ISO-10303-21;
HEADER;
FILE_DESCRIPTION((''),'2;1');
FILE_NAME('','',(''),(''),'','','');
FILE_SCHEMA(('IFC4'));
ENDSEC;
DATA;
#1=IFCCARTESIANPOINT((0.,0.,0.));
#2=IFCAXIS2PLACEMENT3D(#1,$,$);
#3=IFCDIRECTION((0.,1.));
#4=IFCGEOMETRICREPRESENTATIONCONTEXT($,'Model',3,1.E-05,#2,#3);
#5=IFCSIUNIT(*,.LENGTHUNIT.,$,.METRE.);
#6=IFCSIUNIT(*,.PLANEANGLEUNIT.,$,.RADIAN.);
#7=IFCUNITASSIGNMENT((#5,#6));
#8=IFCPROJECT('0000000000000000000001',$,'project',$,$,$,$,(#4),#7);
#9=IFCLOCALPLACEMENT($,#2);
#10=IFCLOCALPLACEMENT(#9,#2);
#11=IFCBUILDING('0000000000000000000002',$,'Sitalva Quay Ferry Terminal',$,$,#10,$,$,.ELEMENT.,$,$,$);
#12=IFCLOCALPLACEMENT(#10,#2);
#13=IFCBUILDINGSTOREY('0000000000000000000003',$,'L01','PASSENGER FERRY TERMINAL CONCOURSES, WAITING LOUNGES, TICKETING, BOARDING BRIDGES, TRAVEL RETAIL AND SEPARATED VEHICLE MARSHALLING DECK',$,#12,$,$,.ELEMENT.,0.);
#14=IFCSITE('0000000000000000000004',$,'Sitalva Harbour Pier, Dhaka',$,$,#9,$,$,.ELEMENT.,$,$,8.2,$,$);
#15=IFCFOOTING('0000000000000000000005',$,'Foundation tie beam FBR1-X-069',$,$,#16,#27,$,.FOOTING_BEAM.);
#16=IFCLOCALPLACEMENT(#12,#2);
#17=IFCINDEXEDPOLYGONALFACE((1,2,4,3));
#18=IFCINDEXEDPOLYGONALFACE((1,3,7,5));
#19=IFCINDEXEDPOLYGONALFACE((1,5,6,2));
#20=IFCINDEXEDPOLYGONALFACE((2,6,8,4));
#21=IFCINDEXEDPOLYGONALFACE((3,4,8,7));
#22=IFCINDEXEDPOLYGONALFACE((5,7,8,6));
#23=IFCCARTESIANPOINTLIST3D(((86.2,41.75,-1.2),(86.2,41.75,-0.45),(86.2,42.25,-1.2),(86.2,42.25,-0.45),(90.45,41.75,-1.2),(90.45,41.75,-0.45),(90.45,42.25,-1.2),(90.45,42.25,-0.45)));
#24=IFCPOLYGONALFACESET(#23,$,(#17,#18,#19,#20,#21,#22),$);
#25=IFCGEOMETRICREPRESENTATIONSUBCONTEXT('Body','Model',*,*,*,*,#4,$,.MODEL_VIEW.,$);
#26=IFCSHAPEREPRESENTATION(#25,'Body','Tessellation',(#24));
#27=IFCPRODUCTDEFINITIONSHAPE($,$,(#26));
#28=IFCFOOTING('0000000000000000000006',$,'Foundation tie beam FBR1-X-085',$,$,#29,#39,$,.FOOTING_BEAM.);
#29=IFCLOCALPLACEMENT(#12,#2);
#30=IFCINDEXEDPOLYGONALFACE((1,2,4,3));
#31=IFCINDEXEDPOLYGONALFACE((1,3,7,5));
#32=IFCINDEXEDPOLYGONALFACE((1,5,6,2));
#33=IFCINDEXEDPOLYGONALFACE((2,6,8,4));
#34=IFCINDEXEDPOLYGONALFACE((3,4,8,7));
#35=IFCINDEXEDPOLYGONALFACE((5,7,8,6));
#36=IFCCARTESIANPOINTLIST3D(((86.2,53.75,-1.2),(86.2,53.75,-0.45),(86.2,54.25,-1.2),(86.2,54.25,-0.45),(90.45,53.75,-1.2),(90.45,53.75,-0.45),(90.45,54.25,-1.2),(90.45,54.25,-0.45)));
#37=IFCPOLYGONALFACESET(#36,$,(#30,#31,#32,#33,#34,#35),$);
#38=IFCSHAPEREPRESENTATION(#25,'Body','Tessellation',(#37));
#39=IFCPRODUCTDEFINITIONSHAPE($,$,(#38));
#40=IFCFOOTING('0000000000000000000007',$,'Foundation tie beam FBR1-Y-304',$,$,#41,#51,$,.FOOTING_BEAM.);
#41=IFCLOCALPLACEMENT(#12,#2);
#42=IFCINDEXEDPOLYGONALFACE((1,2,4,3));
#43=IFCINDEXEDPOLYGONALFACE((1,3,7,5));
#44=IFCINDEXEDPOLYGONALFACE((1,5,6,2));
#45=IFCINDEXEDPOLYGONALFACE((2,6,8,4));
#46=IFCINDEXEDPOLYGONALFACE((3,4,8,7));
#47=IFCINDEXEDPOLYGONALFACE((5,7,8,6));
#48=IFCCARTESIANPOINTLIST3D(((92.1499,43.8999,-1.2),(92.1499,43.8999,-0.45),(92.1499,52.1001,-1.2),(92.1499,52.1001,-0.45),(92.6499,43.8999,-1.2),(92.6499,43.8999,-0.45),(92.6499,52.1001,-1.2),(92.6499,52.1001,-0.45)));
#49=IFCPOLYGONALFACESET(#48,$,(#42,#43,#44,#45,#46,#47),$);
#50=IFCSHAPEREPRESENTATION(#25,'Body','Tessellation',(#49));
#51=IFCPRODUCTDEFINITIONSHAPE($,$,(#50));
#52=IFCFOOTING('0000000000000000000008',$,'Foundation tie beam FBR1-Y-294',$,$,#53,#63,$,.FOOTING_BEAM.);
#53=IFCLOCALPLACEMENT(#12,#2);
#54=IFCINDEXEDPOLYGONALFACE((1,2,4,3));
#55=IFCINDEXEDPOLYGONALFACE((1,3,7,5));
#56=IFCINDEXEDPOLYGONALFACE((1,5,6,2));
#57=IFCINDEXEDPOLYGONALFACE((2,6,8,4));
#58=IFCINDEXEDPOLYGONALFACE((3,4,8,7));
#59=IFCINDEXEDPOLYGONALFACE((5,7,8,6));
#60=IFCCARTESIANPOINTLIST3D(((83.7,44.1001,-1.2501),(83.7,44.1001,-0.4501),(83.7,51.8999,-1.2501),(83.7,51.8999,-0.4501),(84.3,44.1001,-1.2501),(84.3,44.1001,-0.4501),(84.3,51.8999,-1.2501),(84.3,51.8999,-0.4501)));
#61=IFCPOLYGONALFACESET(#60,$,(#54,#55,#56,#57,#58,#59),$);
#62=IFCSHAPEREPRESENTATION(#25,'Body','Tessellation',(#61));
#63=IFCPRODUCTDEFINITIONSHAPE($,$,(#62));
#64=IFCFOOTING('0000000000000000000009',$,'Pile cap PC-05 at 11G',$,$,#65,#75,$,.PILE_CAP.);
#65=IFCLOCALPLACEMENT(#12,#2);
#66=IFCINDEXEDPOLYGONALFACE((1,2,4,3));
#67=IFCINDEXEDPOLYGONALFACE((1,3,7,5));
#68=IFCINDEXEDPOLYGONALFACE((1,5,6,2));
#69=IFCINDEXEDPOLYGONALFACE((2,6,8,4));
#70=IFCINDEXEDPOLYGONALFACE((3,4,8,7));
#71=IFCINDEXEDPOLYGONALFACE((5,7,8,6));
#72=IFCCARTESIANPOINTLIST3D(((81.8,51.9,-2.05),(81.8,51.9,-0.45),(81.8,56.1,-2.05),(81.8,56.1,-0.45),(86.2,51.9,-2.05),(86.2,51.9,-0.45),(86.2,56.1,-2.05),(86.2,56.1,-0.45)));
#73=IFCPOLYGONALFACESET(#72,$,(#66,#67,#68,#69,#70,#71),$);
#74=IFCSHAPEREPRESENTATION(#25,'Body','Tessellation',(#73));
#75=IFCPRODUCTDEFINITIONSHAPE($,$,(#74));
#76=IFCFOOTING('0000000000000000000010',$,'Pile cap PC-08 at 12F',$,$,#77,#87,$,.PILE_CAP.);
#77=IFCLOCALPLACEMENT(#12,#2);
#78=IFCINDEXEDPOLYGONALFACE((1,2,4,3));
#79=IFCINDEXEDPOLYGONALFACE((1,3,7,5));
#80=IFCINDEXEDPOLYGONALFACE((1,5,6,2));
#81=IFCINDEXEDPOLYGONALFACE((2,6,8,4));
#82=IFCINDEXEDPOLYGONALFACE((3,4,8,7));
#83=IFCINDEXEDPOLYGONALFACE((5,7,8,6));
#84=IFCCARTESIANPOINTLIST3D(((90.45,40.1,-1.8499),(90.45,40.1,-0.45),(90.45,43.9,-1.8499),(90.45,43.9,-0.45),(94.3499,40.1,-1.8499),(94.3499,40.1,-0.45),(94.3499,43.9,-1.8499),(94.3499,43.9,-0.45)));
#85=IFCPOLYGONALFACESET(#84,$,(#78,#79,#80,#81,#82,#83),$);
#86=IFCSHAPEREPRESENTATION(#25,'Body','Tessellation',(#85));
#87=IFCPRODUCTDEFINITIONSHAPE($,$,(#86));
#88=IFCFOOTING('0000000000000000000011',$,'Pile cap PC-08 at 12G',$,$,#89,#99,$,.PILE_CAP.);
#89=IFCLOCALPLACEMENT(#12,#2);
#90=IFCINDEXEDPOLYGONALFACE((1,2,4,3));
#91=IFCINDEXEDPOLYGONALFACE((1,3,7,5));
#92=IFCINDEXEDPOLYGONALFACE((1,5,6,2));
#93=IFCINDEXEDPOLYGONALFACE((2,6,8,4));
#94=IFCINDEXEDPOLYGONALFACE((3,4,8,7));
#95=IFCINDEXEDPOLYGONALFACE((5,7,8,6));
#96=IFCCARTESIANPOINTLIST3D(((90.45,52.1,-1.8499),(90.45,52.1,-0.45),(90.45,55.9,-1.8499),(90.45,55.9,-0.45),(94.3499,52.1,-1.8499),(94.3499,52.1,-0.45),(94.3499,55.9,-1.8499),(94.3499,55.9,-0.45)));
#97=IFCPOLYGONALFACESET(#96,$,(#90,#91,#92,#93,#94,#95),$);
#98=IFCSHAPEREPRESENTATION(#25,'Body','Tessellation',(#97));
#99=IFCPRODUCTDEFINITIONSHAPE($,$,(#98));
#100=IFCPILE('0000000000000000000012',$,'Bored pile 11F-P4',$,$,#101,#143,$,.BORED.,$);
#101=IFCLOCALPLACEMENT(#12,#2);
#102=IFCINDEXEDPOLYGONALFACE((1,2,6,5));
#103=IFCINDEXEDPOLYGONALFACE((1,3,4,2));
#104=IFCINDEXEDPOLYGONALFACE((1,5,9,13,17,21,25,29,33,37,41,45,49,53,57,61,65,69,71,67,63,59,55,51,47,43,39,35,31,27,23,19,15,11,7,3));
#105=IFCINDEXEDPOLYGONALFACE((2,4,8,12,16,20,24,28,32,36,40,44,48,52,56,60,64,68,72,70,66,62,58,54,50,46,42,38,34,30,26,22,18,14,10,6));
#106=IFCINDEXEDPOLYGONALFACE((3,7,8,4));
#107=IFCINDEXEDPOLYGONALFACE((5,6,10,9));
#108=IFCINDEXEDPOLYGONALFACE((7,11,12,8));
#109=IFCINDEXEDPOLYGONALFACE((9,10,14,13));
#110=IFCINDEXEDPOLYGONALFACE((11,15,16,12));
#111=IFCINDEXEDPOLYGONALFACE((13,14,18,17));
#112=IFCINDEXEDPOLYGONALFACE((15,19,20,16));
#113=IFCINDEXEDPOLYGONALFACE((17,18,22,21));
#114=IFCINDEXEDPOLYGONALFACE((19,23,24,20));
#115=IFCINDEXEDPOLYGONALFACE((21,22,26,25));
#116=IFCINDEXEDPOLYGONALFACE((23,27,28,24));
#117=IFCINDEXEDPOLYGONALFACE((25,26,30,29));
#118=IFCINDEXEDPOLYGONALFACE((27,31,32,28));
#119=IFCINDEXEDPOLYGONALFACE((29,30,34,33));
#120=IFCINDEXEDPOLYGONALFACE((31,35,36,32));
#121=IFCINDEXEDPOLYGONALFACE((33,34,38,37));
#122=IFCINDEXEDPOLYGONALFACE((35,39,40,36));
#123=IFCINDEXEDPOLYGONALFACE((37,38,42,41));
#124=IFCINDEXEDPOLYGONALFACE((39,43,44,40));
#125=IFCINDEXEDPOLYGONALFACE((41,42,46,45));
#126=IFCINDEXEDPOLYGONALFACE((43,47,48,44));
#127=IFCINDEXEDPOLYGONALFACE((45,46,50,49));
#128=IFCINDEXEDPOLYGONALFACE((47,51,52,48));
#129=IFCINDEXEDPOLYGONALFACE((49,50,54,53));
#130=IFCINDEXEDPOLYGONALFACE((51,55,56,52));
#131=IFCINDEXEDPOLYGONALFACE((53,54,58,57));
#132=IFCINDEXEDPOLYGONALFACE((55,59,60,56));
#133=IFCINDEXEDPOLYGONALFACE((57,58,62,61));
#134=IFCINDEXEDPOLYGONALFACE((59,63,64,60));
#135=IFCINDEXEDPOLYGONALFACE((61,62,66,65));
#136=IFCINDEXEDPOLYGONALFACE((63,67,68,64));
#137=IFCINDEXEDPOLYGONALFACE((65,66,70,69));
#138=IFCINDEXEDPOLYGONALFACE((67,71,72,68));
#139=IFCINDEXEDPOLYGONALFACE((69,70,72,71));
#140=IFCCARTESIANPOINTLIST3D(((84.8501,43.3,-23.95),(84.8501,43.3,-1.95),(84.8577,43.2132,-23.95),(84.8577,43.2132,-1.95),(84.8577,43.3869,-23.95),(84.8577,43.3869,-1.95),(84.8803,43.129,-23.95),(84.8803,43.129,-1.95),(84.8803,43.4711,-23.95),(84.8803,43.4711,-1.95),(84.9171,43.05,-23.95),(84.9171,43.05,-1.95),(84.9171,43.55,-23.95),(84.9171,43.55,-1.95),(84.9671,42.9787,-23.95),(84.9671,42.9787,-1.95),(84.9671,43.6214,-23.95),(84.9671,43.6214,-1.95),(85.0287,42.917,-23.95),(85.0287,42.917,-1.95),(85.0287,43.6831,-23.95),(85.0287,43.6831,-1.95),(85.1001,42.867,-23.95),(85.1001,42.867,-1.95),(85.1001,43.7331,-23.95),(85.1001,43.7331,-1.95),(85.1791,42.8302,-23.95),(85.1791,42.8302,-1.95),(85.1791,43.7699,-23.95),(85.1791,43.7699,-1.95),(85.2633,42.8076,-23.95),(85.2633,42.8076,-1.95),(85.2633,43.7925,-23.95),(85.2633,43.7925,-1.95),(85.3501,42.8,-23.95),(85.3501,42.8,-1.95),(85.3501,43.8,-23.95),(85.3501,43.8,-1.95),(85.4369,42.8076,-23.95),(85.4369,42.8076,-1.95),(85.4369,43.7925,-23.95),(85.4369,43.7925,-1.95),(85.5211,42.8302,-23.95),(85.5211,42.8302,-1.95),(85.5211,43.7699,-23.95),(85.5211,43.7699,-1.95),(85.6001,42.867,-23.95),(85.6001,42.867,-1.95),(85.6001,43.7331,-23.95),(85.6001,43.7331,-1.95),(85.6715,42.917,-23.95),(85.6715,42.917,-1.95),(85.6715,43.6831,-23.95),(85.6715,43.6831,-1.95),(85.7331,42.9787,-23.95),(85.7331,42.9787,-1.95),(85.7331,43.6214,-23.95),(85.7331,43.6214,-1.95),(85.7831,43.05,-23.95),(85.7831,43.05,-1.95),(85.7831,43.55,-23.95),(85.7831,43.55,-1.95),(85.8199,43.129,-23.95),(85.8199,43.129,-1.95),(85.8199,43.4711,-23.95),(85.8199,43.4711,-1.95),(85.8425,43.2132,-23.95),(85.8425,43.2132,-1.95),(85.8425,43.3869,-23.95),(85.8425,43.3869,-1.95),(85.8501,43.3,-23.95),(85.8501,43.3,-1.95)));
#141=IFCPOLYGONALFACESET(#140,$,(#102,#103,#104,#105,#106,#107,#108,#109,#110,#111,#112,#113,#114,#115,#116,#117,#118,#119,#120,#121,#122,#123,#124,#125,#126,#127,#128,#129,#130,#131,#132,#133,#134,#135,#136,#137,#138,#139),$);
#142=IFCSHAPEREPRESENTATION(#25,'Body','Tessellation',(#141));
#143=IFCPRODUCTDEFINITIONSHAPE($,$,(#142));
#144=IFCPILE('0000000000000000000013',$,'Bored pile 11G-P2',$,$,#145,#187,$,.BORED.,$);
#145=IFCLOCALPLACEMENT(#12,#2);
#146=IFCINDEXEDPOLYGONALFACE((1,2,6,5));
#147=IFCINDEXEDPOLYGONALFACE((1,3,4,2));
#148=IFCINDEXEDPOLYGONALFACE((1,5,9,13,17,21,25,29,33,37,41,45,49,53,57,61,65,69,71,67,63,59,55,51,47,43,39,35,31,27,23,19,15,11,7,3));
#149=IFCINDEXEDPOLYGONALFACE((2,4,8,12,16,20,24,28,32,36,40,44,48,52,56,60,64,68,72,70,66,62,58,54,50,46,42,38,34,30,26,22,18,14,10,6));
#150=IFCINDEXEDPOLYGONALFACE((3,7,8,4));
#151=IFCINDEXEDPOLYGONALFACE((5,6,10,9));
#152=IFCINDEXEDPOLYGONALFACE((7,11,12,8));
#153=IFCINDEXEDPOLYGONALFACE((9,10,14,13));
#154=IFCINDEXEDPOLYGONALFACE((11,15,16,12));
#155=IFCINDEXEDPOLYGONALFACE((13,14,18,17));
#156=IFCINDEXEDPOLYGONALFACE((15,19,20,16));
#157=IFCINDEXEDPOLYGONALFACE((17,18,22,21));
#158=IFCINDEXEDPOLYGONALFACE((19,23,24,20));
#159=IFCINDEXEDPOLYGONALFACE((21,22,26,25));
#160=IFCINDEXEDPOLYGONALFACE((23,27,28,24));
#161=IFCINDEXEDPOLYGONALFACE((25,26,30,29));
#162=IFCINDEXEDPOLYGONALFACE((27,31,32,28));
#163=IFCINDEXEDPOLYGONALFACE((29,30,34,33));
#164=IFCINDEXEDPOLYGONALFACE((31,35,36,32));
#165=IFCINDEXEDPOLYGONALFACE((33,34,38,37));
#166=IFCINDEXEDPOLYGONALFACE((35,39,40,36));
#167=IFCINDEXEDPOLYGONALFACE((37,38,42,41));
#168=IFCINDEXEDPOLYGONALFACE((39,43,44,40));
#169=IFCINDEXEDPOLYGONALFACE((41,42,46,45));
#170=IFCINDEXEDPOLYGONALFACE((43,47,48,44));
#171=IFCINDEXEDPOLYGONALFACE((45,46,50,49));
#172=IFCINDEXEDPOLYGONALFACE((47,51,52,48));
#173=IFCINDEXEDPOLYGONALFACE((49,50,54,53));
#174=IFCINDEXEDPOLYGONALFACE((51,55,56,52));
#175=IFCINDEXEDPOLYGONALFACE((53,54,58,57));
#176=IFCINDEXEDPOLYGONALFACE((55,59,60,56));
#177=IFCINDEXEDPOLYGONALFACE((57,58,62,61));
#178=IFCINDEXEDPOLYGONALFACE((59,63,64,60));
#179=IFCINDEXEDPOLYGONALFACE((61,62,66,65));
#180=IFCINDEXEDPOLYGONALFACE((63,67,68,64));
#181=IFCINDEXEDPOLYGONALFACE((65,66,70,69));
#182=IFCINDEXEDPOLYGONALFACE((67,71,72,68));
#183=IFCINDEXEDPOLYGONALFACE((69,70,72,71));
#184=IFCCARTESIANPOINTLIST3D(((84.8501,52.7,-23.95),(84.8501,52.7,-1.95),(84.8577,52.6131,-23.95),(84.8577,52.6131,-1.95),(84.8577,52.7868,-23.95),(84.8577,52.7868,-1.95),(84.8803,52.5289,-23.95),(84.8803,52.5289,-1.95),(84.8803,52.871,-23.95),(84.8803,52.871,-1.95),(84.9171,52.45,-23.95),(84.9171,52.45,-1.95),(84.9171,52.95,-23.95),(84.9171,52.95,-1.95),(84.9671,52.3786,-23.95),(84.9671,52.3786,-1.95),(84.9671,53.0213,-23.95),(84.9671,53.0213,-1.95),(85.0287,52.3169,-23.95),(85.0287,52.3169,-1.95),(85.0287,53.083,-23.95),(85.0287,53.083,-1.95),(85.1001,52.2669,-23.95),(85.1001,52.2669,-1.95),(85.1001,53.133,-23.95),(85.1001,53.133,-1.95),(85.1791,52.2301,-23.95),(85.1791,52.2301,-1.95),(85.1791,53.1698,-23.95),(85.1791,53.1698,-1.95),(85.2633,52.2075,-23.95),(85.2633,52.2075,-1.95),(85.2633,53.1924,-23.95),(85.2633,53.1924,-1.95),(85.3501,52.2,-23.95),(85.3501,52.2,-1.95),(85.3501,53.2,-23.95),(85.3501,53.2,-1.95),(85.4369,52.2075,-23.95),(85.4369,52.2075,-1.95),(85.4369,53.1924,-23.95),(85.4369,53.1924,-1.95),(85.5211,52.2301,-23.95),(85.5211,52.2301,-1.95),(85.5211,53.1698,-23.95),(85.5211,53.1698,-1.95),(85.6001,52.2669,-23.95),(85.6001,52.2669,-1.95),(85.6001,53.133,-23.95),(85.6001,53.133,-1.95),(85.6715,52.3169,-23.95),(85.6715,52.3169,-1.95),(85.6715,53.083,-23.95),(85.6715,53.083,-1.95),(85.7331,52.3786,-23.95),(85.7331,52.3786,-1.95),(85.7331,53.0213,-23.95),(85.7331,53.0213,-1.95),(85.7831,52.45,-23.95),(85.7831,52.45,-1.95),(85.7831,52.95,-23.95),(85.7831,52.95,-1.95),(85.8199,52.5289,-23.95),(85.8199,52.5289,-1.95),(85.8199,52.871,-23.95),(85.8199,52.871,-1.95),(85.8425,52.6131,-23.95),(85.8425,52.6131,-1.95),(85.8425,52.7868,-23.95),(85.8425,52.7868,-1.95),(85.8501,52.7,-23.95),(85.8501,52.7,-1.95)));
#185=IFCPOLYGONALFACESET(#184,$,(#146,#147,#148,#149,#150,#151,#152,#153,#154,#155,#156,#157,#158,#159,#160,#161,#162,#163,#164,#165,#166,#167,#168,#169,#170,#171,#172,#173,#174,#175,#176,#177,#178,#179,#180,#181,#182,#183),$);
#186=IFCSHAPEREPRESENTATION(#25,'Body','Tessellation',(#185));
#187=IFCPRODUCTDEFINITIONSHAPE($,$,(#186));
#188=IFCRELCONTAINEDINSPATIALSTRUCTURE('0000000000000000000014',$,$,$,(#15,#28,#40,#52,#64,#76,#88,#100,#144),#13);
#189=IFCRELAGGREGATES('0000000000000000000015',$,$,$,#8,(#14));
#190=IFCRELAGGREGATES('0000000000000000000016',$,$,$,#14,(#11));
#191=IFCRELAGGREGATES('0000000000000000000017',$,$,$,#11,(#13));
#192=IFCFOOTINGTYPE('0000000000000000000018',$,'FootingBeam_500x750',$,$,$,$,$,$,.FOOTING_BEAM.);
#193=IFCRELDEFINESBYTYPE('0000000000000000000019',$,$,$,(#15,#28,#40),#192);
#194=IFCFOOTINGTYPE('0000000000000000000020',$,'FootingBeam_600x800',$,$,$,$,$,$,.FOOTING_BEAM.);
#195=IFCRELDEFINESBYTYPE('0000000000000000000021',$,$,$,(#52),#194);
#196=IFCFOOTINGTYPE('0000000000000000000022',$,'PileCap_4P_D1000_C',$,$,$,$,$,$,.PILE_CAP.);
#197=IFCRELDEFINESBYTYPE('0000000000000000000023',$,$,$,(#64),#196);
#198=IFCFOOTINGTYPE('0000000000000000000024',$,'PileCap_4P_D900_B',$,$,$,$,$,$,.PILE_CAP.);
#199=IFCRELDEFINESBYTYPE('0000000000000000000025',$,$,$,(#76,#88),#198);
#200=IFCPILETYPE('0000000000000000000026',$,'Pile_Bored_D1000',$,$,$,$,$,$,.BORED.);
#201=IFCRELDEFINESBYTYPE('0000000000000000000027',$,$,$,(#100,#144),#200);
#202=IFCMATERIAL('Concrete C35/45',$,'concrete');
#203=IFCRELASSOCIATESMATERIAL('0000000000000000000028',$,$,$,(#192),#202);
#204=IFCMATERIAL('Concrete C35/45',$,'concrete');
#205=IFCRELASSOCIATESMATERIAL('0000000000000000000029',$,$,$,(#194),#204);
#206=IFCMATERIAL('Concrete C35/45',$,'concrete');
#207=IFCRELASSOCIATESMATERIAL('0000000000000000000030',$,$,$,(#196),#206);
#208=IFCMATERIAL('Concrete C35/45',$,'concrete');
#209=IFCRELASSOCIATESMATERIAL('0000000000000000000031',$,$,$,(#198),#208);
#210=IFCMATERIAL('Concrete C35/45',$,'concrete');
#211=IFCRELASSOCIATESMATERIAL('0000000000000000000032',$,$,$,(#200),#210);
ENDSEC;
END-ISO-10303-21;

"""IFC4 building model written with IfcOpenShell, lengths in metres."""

from ifc_helpers import new_model, si_unit, direction, frame, origin, origin_2d, place, context, subcontext, project, spatial, rectangle, circle, extrude, material, material_profile, profile_set, type_object, element, save


model = new_model("IFC4")

# Units and contexts
model_context = context("Model", 3, precision=1e-05, world=origin(), true_north=direction((0.0, 1.0)))
body_context = subcontext(model_context, "Body", "Model", "MODEL_VIEW")
ifc_project = project(units=[si_unit("LENGTHUNIT", "METRE"), si_unit("PLANEANGLEUNIT", "RADIAN")], contexts=[model_context])

# Site, building, storey
site_placement = place(None, origin())
site = spatial("IfcSite", under=ifc_project, at=site_placement, Name="Sitalva Harbour Pier, Dhaka", CompositionType="ELEMENT", RefElevation=8.2)
building_placement = place(site_placement, origin())
building = spatial("IfcBuilding", under=site, at=building_placement, Name="Sitalva Quay Ferry Terminal", CompositionType="ELEMENT")
storey_placement = place(building_placement, origin())
storey = spatial("IfcBuildingStorey", under=building, at=storey_placement, Name="L01", Description="PASSENGER FERRY TERMINAL CONCOURSES, WAITING LOUNGES, TICKETING, BOARDING BRIDGES, TRAVEL RETAIL AND SEPARATED VEHICLE MARSHALLING DECK", CompositionType="ELEMENT", Elevation=0.0)

# Footings
ifc_material_1 = material(Name="Concrete C35/45", Category="concrete")
ifc_material_profile_1 = material_profile(ifc_material_1, rectangle(XDim=0.5, YDim=0.75, at=origin_2d()), Name="RC500x750")
ifc_profile_set_1 = profile_set([ifc_material_profile_1], Name="Concrete C35/45")
footing_type_1 = type_object("IfcFootingType", Name="FootingBeam_500x750", PredefinedType="FOOTING_BEAM", material=ifc_profile_set_1)
for number, where, z_axis, x_axis, name in (
    (1, (86.2, 42.0, -0.825), (1.0, 0.0, 0.0), (0.0, 1.0, 0.0), "Foundation tie beam FBR1-X-069"),
    (2, (86.2, 54.0, -0.825), (1.0, 0.0, 0.0), (0.0, 1.0, 0.0), "Foundation tie beam FBR1-X-085"),
):
    element("IfcFooting", number, at=place(storey_placement, frame(where, z_axis=z_axis, x_axis=x_axis)), inside=storey, type_object=footing_type_1, Name=name, PredefinedType="FOOTING_BEAM", context=body_context, shape_type="SweptSolid", body=[
        extrude(rectangle(XDim=0.5, YDim=0.75, at=origin_2d()), origin(), (0.0, 0.0, 1.0), 4.25),
    ])
footing_1_placement = place(storey_placement, frame((92.3999, 43.8999, -0.825), z_axis=(0.0, 1.0, 0.0), x_axis=(-1.0, 0.0, 0.0)))
element("IfcFooting", 3, at=footing_1_placement, inside=storey, type_object=footing_type_1, Name="Foundation tie beam FBR1-Y-304", PredefinedType="FOOTING_BEAM", context=body_context, shape_type="SweptSolid", body=[
    extrude(rectangle(XDim=0.5, YDim=0.75, at=origin_2d()), origin(), (0.0, 0.0, 1.0), 8.2002),
])
ifc_material_2 = material(Name="Concrete C35/45", Category="concrete")
ifc_material_profile_2 = material_profile(ifc_material_2, rectangle(XDim=0.6001, YDim=0.8, at=origin_2d()), Name="RC600x800")
ifc_profile_set_2 = profile_set([ifc_material_profile_2], Name="Concrete C35/45")
footing_type_2 = type_object("IfcFootingType", Name="FootingBeam_600x800", PredefinedType="FOOTING_BEAM", material=ifc_profile_set_2)
footing_2_placement = place(storey_placement, frame((84.0, 44.1001, -0.8501), z_axis=(0.0, 1.0, 0.0), x_axis=(-1.0, 0.0, 0.0)))
element("IfcFooting", 4, at=footing_2_placement, inside=storey, type_object=footing_type_2, Name="Foundation tie beam FBR1-Y-294", PredefinedType="FOOTING_BEAM", context=body_context, shape_type="SweptSolid", body=[
    extrude(rectangle(XDim=0.6001, YDim=0.8, at=origin_2d()), origin(), (0.0, 0.0, 1.0), 7.7998),
])
ifc_material_3 = material(Name="Concrete C35/45", Category="concrete")
footing_type_3 = type_object("IfcFootingType", Name="PileCap_4P_D1000_C", PredefinedType="PILE_CAP", material=ifc_material_3)
footing_3_placement = place(storey_placement, frame((84.0, 54.0, -2.05), z_axis=(0.0, 0.0, 1.0), x_axis=(1.0, 0.0, 0.0)))
element("IfcFooting", 5, at=footing_3_placement, inside=storey, type_object=footing_type_3, Name="Pile cap PC-05 at 11G", PredefinedType="PILE_CAP", context=body_context, shape_type="SweptSolid", body=[
    extrude(rectangle(XDim=4.3999, YDim=4.2, at=origin_2d()), origin(), (0.0, 0.0, 1.0), 1.6001),
])
ifc_material_4 = material(Name="Concrete C35/45", Category="concrete")
footing_type_4 = type_object("IfcFootingType", Name="PileCap_4P_D900_B", PredefinedType="PILE_CAP", material=ifc_material_4)
for number, where, z_axis, x_axis, name in (
    (6, (92.3999, 42.0, -1.8499), (0.0, 0.0, 1.0), (1.0, 0.0, 0.0), "Pile cap PC-08 at 12F"),
    (7, (92.3999, 54.0, -1.8499), (0.0, 0.0, 1.0), (1.0, 0.0, 0.0), "Pile cap PC-08 at 12G"),
):
    element("IfcFooting", number, at=place(storey_placement, frame(where, z_axis=z_axis, x_axis=x_axis)), inside=storey, type_object=footing_type_4, Name=name, PredefinedType="PILE_CAP", context=body_context, shape_type="SweptSolid", body=[
        extrude(rectangle(XDim=3.8999, YDim=3.8, at=origin_2d()), origin(), (0.0, 0.0, 1.0), 1.3999),
    ])

# Piles
ifc_material_5 = material(Name="Concrete C35/45", Category="concrete")
ifc_material_profile_3 = material_profile(ifc_material_5, circle(Radius=0.5, at=origin_2d()), Name="PILE-D1000")
ifc_profile_set_3 = profile_set([ifc_material_profile_3], Name="Concrete C35/45")
pile_type_1 = type_object("IfcPileType", Name="Pile_Bored_D1000", PredefinedType="BORED", material=ifc_profile_set_3)
for number, where, z_axis, x_axis, name in (
    (8, (85.3501, 43.3, -1.95), (0.0, 0.0, -1.0), (1.0, 0.0, 0.0), "Bored pile 11F-P4"),
    (9, (85.3501, 52.7, -1.95), (0.0, 0.0, -1.0), (1.0, 0.0, 0.0), "Bored pile 11G-P2"),
):
    element("IfcPile", number, at=place(storey_placement, frame(where, z_axis=z_axis, x_axis=x_axis)), inside=storey, type_object=pile_type_1, Name=name, PredefinedType="BORED", context=body_context, shape_type="SweptSolid", body=[
        extrude(circle(Radius=0.5, at=origin_2d()), origin(), (0.0, 0.0, 1.0), 22.0),
    ])

save(model, "model.ifc")
